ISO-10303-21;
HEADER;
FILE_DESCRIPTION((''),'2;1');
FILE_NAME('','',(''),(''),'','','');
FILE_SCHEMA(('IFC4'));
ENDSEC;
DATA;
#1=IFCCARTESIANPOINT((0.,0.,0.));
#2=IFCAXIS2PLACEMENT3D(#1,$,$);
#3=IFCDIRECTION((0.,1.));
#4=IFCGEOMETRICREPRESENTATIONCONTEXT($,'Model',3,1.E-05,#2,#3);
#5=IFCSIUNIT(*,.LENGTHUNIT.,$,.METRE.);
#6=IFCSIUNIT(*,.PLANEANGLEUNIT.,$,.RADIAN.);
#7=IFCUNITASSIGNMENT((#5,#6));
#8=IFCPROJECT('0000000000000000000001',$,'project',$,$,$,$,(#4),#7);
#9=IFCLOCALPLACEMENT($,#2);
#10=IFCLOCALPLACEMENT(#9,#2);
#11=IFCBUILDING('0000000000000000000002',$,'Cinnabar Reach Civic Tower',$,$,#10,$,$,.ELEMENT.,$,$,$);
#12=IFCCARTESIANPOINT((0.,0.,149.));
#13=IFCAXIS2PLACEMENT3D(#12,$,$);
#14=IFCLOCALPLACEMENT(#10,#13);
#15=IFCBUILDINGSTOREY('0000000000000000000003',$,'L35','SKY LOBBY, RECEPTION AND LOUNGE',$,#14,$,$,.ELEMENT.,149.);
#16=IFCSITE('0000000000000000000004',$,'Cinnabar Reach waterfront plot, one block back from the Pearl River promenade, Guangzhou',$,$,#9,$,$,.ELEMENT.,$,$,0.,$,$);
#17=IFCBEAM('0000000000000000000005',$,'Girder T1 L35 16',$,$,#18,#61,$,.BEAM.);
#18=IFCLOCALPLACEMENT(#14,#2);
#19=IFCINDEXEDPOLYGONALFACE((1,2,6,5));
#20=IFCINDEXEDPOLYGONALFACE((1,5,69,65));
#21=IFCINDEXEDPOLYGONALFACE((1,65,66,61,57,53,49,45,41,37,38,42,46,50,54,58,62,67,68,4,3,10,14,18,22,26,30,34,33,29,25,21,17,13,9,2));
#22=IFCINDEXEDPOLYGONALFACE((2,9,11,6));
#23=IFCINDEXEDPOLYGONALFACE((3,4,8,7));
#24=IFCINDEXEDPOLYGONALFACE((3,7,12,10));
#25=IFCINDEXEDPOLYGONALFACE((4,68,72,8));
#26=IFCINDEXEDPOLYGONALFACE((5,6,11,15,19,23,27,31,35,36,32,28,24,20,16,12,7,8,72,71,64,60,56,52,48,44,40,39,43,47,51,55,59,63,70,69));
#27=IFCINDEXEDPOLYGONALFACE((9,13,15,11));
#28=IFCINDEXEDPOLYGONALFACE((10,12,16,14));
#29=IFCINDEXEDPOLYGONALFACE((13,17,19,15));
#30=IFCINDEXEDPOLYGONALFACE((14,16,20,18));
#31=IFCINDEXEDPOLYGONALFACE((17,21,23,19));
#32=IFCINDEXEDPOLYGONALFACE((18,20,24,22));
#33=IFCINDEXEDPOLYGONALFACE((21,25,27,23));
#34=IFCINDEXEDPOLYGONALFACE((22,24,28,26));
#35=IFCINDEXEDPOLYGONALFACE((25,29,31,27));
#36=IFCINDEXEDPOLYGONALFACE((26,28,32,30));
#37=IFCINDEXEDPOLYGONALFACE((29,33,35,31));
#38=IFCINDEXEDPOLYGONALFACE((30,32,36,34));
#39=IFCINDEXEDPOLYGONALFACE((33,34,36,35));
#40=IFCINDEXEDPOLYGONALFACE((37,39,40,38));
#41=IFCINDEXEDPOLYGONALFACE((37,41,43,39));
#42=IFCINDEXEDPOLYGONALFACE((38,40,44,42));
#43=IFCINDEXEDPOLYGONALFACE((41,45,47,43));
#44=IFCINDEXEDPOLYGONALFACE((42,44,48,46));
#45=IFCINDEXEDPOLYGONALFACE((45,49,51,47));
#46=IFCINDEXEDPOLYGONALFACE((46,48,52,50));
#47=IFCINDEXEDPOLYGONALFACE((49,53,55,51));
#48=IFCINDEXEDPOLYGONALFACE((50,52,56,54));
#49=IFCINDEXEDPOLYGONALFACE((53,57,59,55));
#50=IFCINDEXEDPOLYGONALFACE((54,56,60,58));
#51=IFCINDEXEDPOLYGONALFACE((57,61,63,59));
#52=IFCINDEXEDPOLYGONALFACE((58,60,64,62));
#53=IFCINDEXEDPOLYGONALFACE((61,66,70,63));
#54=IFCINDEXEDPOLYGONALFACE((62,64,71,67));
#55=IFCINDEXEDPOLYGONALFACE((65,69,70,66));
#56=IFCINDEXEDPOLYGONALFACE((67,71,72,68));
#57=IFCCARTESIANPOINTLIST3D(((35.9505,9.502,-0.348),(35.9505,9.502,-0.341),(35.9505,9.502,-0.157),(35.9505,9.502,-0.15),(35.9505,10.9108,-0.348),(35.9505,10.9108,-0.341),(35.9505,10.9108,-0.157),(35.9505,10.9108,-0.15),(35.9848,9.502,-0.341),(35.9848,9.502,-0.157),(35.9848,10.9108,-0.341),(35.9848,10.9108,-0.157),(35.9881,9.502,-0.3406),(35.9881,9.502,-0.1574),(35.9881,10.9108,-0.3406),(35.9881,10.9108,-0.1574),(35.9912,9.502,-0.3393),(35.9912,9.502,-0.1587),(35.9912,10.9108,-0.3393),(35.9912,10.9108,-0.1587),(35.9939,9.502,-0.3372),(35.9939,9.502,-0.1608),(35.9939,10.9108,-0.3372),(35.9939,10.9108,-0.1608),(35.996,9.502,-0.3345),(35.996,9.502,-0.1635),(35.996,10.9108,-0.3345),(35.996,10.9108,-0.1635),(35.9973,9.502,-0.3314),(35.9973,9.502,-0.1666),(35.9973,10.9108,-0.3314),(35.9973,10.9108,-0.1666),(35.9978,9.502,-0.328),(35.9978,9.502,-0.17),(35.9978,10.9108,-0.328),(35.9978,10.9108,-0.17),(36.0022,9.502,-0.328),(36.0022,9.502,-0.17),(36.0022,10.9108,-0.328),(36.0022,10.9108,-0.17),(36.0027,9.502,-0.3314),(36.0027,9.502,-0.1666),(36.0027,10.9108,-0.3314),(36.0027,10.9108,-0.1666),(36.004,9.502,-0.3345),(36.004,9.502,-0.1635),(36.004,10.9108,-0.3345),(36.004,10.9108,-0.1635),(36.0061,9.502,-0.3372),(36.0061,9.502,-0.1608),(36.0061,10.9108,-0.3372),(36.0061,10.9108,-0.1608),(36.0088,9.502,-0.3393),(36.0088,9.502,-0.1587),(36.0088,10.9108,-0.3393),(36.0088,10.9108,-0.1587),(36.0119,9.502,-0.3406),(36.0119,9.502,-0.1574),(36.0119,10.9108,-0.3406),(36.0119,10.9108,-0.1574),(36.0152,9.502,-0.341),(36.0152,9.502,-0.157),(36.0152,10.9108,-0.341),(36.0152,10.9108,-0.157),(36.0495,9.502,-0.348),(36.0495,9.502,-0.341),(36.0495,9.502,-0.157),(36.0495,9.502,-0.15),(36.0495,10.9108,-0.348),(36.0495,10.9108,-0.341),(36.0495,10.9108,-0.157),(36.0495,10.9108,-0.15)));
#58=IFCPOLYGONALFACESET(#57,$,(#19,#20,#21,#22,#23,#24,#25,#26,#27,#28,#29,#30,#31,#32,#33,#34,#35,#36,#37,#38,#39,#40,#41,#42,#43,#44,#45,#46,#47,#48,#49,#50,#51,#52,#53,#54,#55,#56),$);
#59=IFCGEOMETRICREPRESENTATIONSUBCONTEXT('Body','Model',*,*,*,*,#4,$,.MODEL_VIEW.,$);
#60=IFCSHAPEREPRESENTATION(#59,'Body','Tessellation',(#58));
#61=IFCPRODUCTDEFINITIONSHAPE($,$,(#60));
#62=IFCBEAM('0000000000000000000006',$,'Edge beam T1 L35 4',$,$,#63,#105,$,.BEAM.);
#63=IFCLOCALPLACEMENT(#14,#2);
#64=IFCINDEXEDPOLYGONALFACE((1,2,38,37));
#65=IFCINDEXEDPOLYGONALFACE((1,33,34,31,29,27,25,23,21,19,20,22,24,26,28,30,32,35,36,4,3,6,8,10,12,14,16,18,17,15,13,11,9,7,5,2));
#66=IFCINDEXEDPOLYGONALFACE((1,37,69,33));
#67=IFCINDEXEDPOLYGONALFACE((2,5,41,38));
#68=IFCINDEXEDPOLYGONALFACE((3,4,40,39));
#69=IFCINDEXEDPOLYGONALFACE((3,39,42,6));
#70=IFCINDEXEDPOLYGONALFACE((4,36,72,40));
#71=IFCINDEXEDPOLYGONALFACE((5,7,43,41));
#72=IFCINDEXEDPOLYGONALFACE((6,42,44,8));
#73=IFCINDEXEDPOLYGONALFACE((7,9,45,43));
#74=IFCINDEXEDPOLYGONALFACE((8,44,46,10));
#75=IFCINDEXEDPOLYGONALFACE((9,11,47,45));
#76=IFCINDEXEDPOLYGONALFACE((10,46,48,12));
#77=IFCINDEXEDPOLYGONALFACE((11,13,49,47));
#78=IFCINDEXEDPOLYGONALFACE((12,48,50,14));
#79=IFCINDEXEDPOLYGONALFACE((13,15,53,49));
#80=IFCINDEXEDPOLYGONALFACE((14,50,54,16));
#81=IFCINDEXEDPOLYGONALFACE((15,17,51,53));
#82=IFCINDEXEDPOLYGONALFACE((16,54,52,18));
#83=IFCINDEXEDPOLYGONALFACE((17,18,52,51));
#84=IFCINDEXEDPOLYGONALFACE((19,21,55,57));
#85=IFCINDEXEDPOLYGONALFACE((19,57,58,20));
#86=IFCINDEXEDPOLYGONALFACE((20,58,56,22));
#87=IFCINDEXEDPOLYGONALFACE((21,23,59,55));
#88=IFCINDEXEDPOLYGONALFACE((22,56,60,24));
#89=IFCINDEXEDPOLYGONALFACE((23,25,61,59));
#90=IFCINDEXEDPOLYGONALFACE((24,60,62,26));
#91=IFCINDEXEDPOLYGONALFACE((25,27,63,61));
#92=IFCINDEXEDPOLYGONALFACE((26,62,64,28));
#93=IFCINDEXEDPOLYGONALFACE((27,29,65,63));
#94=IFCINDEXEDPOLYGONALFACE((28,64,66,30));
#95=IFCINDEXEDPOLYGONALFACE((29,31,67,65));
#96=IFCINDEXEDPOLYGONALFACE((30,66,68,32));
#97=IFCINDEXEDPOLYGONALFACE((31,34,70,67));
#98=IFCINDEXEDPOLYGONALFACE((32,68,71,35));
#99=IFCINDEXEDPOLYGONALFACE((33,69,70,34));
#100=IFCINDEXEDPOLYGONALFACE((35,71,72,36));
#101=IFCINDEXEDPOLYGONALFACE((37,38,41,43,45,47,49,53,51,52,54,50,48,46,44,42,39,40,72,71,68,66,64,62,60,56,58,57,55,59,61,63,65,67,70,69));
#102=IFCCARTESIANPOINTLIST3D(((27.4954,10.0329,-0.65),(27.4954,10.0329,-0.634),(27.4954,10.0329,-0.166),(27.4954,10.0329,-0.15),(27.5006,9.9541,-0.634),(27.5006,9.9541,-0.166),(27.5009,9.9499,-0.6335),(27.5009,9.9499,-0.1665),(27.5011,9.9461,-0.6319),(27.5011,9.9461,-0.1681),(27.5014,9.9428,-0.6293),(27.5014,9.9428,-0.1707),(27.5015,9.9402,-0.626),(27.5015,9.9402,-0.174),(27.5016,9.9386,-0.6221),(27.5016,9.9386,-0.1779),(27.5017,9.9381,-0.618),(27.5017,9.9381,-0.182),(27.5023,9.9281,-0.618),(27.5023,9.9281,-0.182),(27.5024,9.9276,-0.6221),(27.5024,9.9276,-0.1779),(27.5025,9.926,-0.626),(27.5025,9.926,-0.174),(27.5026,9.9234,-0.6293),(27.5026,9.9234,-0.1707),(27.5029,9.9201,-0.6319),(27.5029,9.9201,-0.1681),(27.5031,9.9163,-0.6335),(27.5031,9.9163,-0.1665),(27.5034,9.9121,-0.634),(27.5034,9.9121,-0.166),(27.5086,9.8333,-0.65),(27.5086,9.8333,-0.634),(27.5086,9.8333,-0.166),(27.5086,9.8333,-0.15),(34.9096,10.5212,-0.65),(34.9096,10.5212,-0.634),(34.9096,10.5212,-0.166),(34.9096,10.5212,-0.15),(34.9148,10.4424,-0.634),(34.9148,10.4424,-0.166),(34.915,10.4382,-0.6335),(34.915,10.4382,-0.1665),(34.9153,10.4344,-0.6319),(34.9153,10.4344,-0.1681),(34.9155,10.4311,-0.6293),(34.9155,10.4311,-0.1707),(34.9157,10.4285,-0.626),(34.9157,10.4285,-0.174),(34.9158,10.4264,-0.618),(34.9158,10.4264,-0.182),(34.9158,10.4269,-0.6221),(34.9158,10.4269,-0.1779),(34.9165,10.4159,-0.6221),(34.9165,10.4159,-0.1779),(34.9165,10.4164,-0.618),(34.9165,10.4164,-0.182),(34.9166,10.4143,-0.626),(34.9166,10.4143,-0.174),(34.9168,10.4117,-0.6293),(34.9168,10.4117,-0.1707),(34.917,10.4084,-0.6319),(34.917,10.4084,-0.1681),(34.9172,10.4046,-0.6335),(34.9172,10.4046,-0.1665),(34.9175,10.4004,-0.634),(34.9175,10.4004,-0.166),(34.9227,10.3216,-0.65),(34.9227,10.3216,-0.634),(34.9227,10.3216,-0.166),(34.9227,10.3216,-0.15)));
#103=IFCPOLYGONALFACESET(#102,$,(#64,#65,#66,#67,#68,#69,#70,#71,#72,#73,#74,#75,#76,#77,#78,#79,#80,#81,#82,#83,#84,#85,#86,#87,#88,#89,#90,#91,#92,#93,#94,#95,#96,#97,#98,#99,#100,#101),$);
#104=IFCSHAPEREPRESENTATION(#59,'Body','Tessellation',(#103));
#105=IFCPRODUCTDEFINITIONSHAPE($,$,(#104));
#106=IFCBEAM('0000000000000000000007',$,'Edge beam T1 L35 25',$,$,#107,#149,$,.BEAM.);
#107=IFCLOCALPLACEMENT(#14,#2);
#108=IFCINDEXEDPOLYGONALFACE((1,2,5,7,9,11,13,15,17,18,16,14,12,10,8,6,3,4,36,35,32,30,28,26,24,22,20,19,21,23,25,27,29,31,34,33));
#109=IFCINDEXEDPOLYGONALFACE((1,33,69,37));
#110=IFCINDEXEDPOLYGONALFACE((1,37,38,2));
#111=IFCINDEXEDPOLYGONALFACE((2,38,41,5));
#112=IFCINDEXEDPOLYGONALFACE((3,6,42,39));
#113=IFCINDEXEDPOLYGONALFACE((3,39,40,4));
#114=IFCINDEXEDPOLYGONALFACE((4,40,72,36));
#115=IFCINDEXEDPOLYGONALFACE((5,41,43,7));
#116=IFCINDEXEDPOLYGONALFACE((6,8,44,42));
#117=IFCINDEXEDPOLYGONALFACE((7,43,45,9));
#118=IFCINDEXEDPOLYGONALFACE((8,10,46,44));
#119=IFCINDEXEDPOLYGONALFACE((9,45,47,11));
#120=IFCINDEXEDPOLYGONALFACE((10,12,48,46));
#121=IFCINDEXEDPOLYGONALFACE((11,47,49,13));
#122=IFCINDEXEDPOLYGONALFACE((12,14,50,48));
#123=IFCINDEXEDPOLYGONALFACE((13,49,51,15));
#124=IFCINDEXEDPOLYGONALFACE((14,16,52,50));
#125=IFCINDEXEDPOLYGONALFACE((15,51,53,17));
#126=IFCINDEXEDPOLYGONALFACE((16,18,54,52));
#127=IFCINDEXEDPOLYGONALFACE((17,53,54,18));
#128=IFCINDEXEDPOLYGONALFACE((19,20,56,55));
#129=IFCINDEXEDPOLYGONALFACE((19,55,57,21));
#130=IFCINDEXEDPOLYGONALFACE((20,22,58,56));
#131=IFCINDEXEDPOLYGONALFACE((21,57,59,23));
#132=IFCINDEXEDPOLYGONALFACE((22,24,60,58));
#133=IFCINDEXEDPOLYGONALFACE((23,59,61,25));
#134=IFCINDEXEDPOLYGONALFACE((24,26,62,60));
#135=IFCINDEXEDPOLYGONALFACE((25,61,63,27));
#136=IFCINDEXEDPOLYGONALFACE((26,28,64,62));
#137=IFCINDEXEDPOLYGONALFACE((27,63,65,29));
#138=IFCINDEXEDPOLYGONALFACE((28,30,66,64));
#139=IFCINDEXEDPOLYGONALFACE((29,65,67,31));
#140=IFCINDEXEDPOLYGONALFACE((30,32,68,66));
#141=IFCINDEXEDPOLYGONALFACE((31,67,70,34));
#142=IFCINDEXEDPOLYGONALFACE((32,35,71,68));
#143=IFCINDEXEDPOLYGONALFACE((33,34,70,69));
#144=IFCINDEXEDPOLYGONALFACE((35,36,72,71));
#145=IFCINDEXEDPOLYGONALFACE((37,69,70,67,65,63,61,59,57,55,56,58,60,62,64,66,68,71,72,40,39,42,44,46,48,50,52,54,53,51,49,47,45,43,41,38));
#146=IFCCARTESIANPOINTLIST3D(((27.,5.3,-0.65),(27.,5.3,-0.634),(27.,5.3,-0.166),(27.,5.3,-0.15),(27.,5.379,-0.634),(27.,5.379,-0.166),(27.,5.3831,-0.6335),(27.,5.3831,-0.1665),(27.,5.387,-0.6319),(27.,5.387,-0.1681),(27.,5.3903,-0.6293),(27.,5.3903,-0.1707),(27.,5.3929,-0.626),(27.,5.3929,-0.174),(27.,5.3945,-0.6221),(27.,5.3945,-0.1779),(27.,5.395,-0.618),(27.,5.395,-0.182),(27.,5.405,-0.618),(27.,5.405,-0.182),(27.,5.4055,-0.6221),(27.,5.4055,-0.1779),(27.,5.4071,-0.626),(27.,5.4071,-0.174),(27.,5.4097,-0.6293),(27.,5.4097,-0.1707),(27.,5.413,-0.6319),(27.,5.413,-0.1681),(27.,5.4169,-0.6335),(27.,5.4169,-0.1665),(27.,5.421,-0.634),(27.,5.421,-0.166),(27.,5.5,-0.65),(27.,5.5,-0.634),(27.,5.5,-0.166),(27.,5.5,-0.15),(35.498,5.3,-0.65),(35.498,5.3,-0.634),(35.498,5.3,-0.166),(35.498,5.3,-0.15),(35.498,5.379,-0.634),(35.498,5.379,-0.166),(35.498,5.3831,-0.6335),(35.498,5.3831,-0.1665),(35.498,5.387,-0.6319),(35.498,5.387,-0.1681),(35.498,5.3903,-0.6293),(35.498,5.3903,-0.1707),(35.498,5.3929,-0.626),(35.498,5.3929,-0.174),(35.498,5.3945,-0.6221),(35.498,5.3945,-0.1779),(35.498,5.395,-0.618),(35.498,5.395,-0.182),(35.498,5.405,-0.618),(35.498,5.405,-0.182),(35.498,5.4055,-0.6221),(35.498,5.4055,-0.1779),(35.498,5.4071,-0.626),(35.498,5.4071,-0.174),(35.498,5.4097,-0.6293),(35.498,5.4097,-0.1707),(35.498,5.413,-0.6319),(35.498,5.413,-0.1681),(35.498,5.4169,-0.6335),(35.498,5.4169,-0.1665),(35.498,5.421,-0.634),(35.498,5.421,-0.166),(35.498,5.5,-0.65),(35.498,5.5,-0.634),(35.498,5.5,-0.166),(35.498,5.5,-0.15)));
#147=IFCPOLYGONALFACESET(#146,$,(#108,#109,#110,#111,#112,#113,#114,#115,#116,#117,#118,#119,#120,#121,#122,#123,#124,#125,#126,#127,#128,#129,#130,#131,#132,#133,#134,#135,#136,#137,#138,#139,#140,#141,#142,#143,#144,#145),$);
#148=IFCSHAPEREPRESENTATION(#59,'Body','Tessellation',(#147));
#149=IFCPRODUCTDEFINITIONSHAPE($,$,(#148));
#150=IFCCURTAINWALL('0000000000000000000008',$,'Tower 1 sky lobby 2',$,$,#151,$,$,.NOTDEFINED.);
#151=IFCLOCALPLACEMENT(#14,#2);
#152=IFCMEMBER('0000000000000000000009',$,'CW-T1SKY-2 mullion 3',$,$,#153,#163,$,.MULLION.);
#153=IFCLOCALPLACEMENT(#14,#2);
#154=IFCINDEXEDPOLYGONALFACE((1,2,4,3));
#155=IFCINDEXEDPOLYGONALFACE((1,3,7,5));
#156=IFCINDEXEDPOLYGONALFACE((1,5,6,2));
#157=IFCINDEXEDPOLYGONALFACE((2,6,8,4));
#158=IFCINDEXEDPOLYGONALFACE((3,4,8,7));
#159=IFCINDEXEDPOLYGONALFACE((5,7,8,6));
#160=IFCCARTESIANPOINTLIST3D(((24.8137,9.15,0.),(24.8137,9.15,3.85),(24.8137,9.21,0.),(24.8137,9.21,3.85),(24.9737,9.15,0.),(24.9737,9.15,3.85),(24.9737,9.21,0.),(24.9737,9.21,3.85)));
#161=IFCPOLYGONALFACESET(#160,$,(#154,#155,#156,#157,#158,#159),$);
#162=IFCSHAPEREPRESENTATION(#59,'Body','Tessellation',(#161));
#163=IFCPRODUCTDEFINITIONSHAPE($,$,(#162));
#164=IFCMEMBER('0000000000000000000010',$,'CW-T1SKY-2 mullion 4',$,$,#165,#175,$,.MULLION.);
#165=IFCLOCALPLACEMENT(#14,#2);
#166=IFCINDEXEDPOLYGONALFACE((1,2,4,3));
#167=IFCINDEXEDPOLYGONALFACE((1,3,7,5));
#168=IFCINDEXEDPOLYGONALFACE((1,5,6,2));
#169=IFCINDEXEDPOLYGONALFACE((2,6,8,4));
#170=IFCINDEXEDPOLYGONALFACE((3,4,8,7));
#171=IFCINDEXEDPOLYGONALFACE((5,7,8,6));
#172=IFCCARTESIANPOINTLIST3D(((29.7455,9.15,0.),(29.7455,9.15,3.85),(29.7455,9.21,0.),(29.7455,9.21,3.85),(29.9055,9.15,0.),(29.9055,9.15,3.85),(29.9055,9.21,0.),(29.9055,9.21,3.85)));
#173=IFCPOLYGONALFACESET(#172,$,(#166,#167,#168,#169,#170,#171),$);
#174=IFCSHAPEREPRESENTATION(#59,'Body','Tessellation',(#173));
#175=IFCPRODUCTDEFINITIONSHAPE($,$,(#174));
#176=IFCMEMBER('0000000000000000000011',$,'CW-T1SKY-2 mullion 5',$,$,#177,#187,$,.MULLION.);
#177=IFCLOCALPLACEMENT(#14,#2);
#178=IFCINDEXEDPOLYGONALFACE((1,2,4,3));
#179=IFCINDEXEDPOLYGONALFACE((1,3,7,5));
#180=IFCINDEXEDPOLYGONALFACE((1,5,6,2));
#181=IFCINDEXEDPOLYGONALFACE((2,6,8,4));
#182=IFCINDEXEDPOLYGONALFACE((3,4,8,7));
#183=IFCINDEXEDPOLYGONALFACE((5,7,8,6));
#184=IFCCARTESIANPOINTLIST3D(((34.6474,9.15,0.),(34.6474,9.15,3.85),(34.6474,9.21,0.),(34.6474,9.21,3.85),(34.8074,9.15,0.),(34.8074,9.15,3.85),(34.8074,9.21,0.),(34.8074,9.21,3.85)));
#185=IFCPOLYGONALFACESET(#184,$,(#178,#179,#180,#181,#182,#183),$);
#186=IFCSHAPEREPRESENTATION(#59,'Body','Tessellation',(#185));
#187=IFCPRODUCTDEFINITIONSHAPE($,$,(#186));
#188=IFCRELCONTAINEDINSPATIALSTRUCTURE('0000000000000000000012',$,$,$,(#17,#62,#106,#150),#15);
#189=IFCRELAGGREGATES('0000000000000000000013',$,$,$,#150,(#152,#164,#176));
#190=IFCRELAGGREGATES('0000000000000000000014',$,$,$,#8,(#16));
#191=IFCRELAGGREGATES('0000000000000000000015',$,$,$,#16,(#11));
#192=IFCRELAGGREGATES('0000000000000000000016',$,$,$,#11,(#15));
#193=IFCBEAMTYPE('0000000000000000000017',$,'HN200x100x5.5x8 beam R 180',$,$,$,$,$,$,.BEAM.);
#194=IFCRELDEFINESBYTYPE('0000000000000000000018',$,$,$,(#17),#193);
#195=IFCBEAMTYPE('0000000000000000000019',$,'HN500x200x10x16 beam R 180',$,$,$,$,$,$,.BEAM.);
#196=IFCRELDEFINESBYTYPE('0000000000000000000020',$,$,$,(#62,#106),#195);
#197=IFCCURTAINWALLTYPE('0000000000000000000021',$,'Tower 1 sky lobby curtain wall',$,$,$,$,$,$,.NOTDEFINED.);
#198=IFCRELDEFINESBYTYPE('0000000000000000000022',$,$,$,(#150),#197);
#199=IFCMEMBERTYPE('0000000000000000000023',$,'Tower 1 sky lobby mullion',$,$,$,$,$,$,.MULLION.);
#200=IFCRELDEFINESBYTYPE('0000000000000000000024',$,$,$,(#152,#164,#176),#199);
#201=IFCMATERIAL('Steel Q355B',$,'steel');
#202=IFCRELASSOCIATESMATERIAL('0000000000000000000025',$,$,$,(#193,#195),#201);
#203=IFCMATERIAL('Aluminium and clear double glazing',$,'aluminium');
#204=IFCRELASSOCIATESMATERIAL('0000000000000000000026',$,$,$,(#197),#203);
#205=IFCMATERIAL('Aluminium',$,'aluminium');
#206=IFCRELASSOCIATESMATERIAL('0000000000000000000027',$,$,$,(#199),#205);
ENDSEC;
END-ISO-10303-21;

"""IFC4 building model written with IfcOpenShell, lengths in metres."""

from ifc_helpers import new_model, si_unit, direction, frame, origin, origin_2d, place, context, subcontext, project, spatial, rectangle, i_section, extrude, material, material_profile, profile_set, type_object, element, aggregate, save


model = new_model("IFC4")

# Units and contexts
model_context = context("Model", 3, precision=1e-05, world=origin(), true_north=direction((0.0, 1.0)))
body_context = subcontext(model_context, "Body", "Model", "MODEL_VIEW")
ifc_project = project(units=[si_unit("LENGTHUNIT", "METRE"), si_unit("PLANEANGLEUNIT", "RADIAN")], contexts=[model_context])

# Site, building, storey
site_placement = place(None, origin())
site = spatial("IfcSite", under=ifc_project, at=site_placement, Name="Cinnabar Reach waterfront plot, one block back from the Pearl River promenade, Guangzhou", CompositionType="ELEMENT", RefElevation=0.0)
building_placement = place(site_placement, origin())
building = spatial("IfcBuilding", under=site, at=building_placement, Name="Cinnabar Reach Civic Tower", CompositionType="ELEMENT")
storey_placement = place(building_placement, frame((0.0, 0.0, 149.0)))
storey = spatial("IfcBuildingStorey", under=building, at=storey_placement, Name="L35", Description="SKY LOBBY, RECEPTION AND LOUNGE", CompositionType="ELEMENT", Elevation=149.0)

# Beams
ifc_material_1 = material(Name="Steel Q355B", Category="steel")
ifc_material_profile_1 = material_profile(ifc_material_1, i_section(OverallWidth=0.099, OverallDepth=0.198, WebThickness=0.0045, FlangeThickness=0.007, FilletRadius=0.013, at=origin_2d()), Name="HN200x100x5.5x8")
ifc_profile_set_1 = profile_set([ifc_material_profile_1], Name="Steel Q355B")
beam_type_1 = type_object("IfcBeamType", Name="HN200x100x5.5x8 beam R 180", PredefinedType="BEAM", material=ifc_profile_set_1)
beam_1_placement = place(storey_placement, frame((36.0, 9.502, -0.249), z_axis=(0.0, 1.0, 0.0), x_axis=(-1.0, 0.0, 0.0)))
element("IfcBeam", 1, at=beam_1_placement, inside=storey, type_object=beam_type_1, Name="Girder T1 L35 16", PredefinedType="BEAM", context=body_context, shape_type="SweptSolid", body=[
    extrude(i_section(OverallWidth=0.099, OverallDepth=0.198, WebThickness=0.0045, FlangeThickness=0.007, FilletRadius=0.013, at=origin_2d()), origin(), (0.0, 0.0, 1.0), 1.4088),
])
ifc_material_profile_2 = material_profile(ifc_material_1, i_section(OverallWidth=0.2, OverallDepth=0.5, WebThickness=0.01, FlangeThickness=0.016, FilletRadius=0.016, at=origin_2d()), Name="HN500x200x10x16")
ifc_profile_set_2 = profile_set([ifc_material_profile_2], Name="Steel Q355B")
beam_type_2 = type_object("IfcBeamType", Name="HN500x200x10x16 beam R 180", PredefinedType="BEAM", material=ifc_profile_set_2)
beam_2_placement = place(storey_placement, frame((27.502, 9.9331, -0.4), z_axis=(0.997838, 0.065719, 0.0), x_axis=(-0.065719, 0.997838, 0.0)))
element("IfcBeam", 2, at=beam_2_placement, inside=storey, type_object=beam_type_2, Name="Edge beam T1 L35 4", PredefinedType="BEAM", context=body_context, shape_type="SweptSolid", body=[
    extrude(i_section(OverallWidth=0.2, OverallDepth=0.5, WebThickness=0.01, FlangeThickness=0.016, FilletRadius=0.016, at=origin_2d()), origin(), (0.0, 0.0, 1.0), 7.4302),
])
beam_3_placement = place(storey_placement, frame((27.0, 5.4, -0.4), z_axis=(1.0, 0.0, 0.0), x_axis=(0.0, 1.0, 0.0)))
element("IfcBeam", 3, at=beam_3_placement, inside=storey, type_object=beam_type_2, Name="Edge beam T1 L35 25", PredefinedType="BEAM", context=body_context, shape_type="SweptSolid", body=[
    extrude(i_section(OverallWidth=0.2, OverallDepth=0.5, WebThickness=0.01, FlangeThickness=0.016, FilletRadius=0.016, at=origin_2d()), origin(), (0.0, 0.0, 1.0), 8.498),
])

# Curtain wall, members
ifc_material_2 = material(Name="Aluminium and clear double glazing", Category="aluminium")
curtain_wall_type = type_object("IfcCurtainWallType", Name="Tower 1 sky lobby curtain wall", PredefinedType="NOTDEFINED", material=ifc_material_2)
curtain_wall_placement = place(storey_placement, origin())
curtain_wall = element("IfcCurtainWall", 4, at=curtain_wall_placement, inside=storey, type_object=curtain_wall_type, Name="Tower 1 sky lobby 2", PredefinedType="NOTDEFINED")
ifc_material_3 = material(Name="Aluminium", Category="aluminium")
ifc_material_profile_3 = material_profile(ifc_material_3, rectangle(XDim=0.06, YDim=0.16, at=origin_2d()), Name="Tower 1 sky lobby mullion")
ifc_profile_set_3 = profile_set([ifc_material_profile_3], Name="Aluminium")
member_type_1 = type_object("IfcMemberType", Name="Tower 1 sky lobby mullion", PredefinedType="MULLION", material=ifc_profile_set_3)
member_1_placement = place(storey_placement, frame((24.8937, 9.18, 0.0), z_axis=(0.0, 0.0, 1.0), x_axis=(0.0, 1.0, 0.0)))
member_1 = element("IfcMember", 5, at=member_1_placement, type_object=member_type_1, Name="CW-T1SKY-2 mullion 3", PredefinedType="MULLION", context=body_context, shape_type="SweptSolid", body=[
    extrude(rectangle(XDim=0.06, YDim=0.16, at=origin_2d()), origin(), (0.0, 0.0, 1.0), 3.85),
])
member_2_placement = place(storey_placement, frame((29.8255, 9.18, 0.0), z_axis=(0.0, 0.0, 1.0), x_axis=(0.0, 1.0, 0.0)))
member_2 = element("IfcMember", 6, at=member_2_placement, type_object=member_type_1, Name="CW-T1SKY-2 mullion 4", PredefinedType="MULLION", context=body_context, shape_type="SweptSolid", body=[
    extrude(rectangle(XDim=0.06, YDim=0.16, at=origin_2d()), origin(), (0.0, 0.0, 1.0), 3.85),
])
member_3_placement = place(storey_placement, frame((34.7274, 9.18, 0.0), z_axis=(0.0, 0.0, 1.0), x_axis=(0.0, 1.0, 0.0)))
member_3 = element("IfcMember", 7, at=member_3_placement, type_object=member_type_1, Name="CW-T1SKY-2 mullion 5", PredefinedType="MULLION", context=body_context, shape_type="SweptSolid", body=[
    extrude(rectangle(XDim=0.06, YDim=0.16, at=origin_2d()), origin(), (0.0, 0.0, 1.0), 3.85),
])
aggregate(curtain_wall, [member_1, member_2, member_3])

save(model, "model.ifc")
